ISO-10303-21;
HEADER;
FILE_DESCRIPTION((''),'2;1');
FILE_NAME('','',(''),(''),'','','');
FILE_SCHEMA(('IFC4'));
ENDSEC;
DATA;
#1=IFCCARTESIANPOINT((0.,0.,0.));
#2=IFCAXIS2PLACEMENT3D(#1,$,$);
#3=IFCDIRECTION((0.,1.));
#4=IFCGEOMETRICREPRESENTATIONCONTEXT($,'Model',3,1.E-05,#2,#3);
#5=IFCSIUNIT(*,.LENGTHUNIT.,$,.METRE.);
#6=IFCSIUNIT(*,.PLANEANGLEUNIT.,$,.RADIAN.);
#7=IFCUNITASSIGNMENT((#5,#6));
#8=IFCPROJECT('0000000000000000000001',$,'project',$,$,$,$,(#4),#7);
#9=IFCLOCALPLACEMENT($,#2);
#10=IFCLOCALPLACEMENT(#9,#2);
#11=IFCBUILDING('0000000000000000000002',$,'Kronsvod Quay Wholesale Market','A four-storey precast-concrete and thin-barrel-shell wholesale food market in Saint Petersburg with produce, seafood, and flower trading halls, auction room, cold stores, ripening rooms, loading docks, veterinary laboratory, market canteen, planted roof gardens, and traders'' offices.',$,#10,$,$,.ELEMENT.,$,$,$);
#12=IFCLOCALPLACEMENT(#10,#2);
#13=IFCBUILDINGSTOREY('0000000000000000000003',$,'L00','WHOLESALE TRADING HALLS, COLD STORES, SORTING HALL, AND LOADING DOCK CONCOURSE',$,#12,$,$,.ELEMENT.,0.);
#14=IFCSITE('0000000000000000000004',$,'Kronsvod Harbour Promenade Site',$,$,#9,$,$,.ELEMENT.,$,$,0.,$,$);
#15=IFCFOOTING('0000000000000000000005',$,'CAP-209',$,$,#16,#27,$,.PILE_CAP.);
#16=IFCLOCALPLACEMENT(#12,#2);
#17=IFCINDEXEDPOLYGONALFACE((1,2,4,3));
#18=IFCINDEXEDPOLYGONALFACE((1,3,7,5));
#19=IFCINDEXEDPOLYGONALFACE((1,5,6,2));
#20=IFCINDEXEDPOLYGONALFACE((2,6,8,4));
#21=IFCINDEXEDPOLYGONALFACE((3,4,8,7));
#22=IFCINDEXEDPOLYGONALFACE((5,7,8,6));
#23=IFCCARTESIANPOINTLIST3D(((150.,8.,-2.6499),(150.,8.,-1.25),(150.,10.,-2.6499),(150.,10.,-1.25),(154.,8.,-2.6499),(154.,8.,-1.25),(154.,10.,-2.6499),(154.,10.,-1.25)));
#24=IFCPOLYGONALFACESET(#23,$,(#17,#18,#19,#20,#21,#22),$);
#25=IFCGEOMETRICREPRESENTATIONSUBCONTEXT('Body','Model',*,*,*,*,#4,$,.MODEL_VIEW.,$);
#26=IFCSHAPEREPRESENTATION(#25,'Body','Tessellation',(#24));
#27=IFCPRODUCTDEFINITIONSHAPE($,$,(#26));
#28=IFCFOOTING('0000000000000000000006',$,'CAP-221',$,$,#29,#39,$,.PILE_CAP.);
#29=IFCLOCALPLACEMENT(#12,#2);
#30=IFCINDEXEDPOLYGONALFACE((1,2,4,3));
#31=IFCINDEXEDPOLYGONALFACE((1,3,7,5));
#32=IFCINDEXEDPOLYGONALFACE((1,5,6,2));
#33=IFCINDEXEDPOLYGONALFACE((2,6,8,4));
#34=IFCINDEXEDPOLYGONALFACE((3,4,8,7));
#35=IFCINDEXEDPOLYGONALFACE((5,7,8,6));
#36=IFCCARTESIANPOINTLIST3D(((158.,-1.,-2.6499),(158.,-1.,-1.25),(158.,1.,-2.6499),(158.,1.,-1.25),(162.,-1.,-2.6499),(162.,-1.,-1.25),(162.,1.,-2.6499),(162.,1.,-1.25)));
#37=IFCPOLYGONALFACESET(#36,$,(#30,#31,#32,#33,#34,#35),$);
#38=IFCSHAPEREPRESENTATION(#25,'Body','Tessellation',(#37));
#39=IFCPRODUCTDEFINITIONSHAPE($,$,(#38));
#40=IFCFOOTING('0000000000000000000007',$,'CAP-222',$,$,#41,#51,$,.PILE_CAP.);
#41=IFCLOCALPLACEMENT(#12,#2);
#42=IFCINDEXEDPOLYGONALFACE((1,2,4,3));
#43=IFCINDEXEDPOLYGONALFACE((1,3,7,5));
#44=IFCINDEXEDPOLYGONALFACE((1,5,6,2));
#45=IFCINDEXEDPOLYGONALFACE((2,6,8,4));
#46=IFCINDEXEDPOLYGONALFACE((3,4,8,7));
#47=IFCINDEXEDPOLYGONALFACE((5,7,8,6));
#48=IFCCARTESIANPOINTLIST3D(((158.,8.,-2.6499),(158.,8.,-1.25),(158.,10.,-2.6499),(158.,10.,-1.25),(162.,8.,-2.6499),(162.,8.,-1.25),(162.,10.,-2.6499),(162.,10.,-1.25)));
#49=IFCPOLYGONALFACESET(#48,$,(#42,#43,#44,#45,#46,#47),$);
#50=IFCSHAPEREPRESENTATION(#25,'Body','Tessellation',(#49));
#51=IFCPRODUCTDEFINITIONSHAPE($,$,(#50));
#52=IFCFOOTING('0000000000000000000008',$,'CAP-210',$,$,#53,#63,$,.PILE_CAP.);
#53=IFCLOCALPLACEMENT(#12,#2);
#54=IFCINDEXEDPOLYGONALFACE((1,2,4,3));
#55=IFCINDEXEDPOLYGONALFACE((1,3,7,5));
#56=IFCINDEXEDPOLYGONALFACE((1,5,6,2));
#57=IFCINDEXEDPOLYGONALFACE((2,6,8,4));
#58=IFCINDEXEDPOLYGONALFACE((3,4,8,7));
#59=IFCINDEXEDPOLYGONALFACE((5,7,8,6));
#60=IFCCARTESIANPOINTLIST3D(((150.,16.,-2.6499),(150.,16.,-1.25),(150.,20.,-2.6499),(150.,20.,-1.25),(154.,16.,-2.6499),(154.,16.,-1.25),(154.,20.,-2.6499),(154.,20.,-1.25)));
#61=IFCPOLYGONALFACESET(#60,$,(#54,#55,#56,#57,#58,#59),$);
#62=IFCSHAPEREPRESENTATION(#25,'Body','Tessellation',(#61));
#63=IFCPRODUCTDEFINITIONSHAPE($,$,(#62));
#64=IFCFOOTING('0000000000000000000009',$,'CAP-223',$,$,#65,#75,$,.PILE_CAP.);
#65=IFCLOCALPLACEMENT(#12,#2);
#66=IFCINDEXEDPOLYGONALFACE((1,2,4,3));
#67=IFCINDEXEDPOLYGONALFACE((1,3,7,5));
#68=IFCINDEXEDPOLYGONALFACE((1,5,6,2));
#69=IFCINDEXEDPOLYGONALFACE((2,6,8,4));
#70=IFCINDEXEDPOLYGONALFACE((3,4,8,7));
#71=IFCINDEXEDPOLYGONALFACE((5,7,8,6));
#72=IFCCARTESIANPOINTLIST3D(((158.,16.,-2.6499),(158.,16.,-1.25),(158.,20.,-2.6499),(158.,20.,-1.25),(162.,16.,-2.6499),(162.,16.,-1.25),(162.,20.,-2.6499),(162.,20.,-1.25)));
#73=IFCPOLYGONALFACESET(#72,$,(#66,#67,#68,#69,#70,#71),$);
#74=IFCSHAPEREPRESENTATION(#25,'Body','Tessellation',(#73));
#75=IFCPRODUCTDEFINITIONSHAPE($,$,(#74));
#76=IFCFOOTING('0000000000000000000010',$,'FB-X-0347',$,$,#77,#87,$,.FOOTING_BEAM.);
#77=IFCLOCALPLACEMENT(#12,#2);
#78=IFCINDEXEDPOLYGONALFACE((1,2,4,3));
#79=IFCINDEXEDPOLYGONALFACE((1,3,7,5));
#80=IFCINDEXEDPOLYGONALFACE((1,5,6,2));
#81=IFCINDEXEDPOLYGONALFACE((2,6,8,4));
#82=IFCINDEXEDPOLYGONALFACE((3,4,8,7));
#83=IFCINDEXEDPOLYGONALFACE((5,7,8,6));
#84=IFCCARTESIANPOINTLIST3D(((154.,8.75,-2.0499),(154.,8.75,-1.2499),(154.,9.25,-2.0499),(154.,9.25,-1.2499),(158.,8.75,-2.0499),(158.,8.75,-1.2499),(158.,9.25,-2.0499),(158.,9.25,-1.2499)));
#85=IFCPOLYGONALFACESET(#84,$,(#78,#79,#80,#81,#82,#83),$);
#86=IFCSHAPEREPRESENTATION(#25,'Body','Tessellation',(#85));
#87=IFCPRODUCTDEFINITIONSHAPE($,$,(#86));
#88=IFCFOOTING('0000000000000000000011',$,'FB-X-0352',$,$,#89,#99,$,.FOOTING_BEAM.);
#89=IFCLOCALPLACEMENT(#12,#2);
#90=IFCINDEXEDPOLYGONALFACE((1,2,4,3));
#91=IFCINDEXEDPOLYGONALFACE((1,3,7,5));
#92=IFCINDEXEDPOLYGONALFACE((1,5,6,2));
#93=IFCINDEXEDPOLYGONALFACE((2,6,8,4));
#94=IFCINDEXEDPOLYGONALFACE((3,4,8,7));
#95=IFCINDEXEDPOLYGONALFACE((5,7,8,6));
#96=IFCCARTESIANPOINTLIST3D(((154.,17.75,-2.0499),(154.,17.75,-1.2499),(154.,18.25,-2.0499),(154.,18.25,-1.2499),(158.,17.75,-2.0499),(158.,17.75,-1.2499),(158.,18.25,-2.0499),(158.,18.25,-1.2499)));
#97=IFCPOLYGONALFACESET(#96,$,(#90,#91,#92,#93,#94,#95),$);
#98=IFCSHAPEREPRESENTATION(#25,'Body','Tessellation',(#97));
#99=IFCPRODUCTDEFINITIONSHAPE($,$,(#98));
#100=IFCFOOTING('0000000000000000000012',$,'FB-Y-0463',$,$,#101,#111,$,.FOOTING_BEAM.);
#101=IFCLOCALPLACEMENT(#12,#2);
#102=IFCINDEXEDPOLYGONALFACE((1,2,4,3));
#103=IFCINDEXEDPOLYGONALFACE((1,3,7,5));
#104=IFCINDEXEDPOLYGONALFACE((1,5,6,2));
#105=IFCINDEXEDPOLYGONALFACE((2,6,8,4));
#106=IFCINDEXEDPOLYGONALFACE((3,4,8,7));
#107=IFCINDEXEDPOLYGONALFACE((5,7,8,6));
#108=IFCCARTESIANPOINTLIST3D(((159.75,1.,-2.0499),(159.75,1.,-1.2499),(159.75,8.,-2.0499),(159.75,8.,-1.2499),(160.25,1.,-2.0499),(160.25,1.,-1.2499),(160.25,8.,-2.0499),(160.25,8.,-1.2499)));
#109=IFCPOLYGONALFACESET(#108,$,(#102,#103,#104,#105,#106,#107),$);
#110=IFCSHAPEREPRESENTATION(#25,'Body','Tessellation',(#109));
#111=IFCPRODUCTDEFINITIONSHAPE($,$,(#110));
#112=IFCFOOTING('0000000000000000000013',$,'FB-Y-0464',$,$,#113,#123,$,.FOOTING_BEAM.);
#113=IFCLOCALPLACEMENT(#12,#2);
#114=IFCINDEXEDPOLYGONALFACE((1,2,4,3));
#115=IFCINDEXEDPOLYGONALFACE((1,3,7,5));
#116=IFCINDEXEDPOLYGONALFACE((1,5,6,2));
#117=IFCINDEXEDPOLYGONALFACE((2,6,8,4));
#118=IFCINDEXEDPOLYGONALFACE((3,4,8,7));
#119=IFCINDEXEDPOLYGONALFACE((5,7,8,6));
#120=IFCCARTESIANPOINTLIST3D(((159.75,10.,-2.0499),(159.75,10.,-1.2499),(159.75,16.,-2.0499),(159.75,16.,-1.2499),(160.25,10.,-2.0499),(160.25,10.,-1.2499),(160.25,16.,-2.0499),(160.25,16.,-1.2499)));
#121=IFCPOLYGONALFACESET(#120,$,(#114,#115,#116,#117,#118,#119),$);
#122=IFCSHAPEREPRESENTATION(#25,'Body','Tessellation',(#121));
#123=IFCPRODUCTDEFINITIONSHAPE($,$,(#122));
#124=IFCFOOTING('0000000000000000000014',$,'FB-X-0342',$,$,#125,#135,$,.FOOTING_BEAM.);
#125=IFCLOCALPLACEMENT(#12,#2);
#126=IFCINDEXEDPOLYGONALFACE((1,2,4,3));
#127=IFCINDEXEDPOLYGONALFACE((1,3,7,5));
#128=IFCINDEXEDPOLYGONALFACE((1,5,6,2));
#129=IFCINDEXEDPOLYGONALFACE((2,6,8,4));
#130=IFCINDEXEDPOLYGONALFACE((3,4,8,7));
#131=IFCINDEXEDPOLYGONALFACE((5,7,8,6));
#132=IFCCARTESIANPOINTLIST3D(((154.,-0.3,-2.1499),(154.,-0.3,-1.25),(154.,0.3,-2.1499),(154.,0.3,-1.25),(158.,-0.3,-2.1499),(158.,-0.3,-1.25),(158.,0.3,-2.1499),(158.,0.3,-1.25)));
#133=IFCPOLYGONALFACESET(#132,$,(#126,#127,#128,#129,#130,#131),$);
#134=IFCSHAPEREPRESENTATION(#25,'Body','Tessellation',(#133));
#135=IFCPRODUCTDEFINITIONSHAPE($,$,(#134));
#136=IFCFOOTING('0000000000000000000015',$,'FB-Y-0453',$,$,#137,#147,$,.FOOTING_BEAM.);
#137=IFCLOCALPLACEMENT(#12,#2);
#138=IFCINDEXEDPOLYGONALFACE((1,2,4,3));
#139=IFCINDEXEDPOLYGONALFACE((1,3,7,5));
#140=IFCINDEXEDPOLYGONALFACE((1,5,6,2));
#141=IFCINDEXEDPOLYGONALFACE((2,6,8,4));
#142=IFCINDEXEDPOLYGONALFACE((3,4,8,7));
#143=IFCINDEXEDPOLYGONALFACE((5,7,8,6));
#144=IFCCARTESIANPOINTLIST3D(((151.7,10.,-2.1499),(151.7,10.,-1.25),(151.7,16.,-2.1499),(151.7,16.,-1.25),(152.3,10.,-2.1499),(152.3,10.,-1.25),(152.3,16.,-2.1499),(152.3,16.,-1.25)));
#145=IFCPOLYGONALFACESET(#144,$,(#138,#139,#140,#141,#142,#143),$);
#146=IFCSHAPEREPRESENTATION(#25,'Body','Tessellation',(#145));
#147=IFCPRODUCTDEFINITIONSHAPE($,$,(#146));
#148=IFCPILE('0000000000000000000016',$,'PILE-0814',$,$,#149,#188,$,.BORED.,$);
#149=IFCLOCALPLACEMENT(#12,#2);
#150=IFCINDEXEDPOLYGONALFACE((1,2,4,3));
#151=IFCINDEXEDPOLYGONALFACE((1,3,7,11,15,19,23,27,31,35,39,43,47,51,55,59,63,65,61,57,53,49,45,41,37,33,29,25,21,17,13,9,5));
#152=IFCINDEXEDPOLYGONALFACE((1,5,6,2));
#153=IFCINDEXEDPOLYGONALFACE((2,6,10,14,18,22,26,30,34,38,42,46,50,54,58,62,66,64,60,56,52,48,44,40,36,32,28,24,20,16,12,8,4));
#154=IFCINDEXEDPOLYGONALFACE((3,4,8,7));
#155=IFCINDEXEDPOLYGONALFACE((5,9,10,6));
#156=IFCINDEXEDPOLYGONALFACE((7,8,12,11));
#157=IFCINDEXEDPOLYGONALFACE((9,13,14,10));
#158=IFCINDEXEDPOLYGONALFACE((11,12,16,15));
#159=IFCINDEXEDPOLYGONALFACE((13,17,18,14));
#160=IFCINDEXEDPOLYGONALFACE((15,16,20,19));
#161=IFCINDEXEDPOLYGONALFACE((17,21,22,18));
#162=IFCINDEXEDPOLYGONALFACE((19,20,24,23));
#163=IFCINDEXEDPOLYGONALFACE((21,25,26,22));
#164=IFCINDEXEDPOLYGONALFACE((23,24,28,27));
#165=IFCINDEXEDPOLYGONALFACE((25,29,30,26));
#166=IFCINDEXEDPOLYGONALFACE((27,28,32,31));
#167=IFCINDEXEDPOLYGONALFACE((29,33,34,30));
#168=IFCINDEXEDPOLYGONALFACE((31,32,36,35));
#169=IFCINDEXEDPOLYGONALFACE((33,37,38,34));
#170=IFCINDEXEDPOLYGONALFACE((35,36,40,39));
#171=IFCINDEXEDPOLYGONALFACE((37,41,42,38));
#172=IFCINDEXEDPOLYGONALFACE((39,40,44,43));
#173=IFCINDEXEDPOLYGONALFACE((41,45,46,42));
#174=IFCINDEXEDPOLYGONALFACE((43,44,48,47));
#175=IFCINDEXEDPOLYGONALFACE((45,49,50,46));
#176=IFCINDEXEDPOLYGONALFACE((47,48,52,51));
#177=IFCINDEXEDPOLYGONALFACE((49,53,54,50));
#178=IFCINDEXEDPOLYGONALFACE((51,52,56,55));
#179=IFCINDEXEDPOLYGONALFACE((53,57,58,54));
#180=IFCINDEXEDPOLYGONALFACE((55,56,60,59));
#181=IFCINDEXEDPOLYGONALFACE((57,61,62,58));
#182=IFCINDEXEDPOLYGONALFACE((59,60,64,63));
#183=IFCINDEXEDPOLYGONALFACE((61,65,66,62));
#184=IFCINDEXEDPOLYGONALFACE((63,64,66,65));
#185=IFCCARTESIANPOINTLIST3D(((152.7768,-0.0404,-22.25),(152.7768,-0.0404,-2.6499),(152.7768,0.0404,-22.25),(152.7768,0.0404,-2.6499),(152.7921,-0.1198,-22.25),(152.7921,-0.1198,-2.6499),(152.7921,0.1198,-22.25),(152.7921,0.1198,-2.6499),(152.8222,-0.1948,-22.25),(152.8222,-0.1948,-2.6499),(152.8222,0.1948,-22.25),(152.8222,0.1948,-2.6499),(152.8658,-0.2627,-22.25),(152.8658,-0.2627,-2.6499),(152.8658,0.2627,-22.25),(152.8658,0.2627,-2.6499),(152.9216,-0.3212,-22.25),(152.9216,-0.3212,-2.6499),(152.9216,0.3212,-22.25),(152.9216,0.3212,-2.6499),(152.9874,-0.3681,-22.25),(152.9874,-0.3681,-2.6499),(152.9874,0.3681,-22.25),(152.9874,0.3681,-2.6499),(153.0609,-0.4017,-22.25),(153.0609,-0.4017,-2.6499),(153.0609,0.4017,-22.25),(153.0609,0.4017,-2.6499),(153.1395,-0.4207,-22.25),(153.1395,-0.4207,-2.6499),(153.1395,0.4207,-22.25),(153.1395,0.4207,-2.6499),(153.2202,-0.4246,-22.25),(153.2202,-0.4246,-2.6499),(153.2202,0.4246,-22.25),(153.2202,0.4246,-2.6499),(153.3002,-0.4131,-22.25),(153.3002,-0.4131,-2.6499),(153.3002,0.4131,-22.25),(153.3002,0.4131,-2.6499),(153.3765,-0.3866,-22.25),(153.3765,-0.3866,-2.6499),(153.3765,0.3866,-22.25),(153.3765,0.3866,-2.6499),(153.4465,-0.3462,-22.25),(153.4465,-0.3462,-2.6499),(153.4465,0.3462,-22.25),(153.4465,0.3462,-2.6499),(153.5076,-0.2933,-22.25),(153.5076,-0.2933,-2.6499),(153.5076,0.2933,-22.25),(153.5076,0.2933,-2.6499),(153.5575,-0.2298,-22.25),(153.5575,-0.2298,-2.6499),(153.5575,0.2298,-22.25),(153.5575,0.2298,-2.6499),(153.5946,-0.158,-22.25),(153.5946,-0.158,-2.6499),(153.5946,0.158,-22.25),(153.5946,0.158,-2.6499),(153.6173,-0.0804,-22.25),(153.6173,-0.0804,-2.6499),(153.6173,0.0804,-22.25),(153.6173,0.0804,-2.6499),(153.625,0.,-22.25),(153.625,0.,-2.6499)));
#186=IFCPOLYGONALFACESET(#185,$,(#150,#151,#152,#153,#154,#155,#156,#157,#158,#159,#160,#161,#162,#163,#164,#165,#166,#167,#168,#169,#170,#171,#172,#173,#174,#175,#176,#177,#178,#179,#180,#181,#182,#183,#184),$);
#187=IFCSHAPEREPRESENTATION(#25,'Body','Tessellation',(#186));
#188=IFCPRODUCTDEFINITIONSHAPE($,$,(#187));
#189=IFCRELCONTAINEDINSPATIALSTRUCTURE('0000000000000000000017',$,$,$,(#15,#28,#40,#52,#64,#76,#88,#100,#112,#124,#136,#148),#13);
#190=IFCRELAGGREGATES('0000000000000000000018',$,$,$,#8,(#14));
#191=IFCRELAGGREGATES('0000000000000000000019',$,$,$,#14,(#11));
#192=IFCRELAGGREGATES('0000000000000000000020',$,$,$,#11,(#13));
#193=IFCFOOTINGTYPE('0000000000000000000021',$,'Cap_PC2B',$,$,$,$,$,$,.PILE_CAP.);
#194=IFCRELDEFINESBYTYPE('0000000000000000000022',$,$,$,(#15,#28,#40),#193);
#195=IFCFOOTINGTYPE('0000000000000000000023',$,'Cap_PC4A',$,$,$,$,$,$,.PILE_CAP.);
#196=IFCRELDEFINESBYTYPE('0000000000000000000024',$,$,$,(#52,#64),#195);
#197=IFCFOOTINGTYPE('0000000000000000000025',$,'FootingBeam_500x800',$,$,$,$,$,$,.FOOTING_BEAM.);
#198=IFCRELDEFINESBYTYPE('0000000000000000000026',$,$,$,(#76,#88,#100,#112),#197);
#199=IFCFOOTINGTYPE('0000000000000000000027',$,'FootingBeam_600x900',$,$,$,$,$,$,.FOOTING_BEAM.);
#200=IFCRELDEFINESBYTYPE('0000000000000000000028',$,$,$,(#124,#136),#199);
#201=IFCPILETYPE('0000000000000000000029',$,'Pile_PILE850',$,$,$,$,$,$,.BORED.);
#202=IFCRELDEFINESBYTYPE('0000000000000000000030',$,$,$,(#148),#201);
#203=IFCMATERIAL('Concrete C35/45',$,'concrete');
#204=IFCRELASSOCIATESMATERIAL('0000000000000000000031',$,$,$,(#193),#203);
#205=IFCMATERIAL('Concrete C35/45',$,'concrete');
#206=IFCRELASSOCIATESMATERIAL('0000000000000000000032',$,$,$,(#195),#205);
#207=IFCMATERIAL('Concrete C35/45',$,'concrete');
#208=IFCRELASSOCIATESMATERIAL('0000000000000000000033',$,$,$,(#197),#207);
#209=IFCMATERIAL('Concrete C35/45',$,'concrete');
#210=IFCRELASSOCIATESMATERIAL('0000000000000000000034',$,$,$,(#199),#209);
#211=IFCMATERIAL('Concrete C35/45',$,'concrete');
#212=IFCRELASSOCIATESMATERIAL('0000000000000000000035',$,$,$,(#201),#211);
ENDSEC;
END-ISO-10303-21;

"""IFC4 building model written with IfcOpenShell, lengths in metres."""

from ifc_helpers import new_model, si_unit, direction, frame, origin, origin_2d, place, context, subcontext, project, spatial, rectangle, circle, extrude, material, material_profile, profile_set, type_object, element, save


model = new_model("IFC4")

# Units and contexts
model_context = context("Model", 3, precision=1e-05, world=origin(), true_north=direction((0.0, 1.0)))
body_context = subcontext(model_context, "Body", "Model", "MODEL_VIEW")
ifc_project = project(units=[si_unit("LENGTHUNIT", "METRE"), si_unit("PLANEANGLEUNIT", "RADIAN")], contexts=[model_context])

# Site, building, storey
site_placement = place(None, origin())
site = spatial("IfcSite", under=ifc_project, at=site_placement, Name="Kronsvod Harbour Promenade Site", CompositionType="ELEMENT", RefElevation=0.0)
building_placement = place(site_placement, origin())
building = spatial("IfcBuilding", under=site, at=building_placement, Name="Kronsvod Quay Wholesale Market", Description="A four-storey precast-concrete and thin-barrel-shell wholesale food market in Saint Petersburg with produce, seafood, and flower trading halls, auction room, cold stores, ripening rooms, loading docks, veterinary laboratory, market canteen, planted roof gardens, and traders' offices.", CompositionType="ELEMENT")
storey_placement = place(building_placement, origin())
storey = spatial("IfcBuildingStorey", under=building, at=storey_placement, Name="L00", Description="WHOLESALE TRADING HALLS, COLD STORES, SORTING HALL, AND LOADING DOCK CONCOURSE", CompositionType="ELEMENT", Elevation=0.0)

# Footings
ifc_material_1 = material(Name="Concrete C35/45", Category="concrete")
footing_type_1 = type_object("IfcFootingType", Name="Cap_PC2B", PredefinedType="PILE_CAP", material=ifc_material_1)
for number, where, z_axis, x_axis, name in (
    (1, (152.0, 9.0, -2.6499), (0.0, 0.0, 1.0), (1.0, 0.0, 0.0), "CAP-209"),
    (2, (160.0, 0.0, -2.6499), (0.0, 0.0, 1.0), (1.0, 0.0, 0.0), "CAP-221"),
    (3, (160.0, 9.0, -2.6499), (0.0, 0.0, 1.0), (1.0, 0.0, 0.0), "CAP-222"),
):
    element("IfcFooting", number, at=place(storey_placement, frame(where, z_axis=z_axis, x_axis=x_axis)), inside=storey, type_object=footing_type_1, Name=name, PredefinedType="PILE_CAP", context=body_context, shape_type="SweptSolid", body=[
        extrude(rectangle(XDim=4.0, YDim=2.0, at=origin_2d()), origin(), (0.0, 0.0, 1.0), 1.3999),
    ])
ifc_material_2 = material(Name="Concrete C35/45", Category="concrete")
footing_type_2 = type_object("IfcFootingType", Name="Cap_PC4A", PredefinedType="PILE_CAP", material=ifc_material_2)
for number, where, z_axis, x_axis, name in (
    (4, (152.0, 18.0, -2.6499), (0.0, 0.0, 1.0), (1.0, 0.0, 0.0), "CAP-210"),
    (5, (160.0, 18.0, -2.6499), (0.0, 0.0, 1.0), (1.0, 0.0, 0.0), "CAP-223"),
):
    element("IfcFooting", number, at=place(storey_placement, frame(where, z_axis=z_axis, x_axis=x_axis)), inside=storey, type_object=footing_type_2, Name=name, PredefinedType="PILE_CAP", context=body_context, shape_type="SweptSolid", body=[
        extrude(rectangle(XDim=4.0, YDim=4.0, at=origin_2d()), origin(), (0.0, 0.0, 1.0), 1.3999),
    ])
ifc_material_3 = material(Name="Concrete C35/45", Category="concrete")
ifc_material_profile_1 = material_profile(ifc_material_3, rectangle(XDim=0.5, YDim=0.8, at=origin_2d()), Name="FB-01")
ifc_profile_set_1 = profile_set([ifc_material_profile_1], Name="Concrete C35/45")
footing_type_3 = type_object("IfcFootingType", Name="FootingBeam_500x800", PredefinedType="FOOTING_BEAM", material=ifc_profile_set_1)
for number, where, z_axis, x_axis, name in (
    (6, (154.0, 9.0, -1.6499), (1.0, 0.0, 0.0), (0.0, 1.0, 0.0), "FB-X-0347"),
    (7, (154.0, 18.0, -1.6499), (1.0, 0.0, 0.0), (0.0, 1.0, 0.0), "FB-X-0352"),
):
    element("IfcFooting", number, at=place(storey_placement, frame(where, z_axis=z_axis, x_axis=x_axis)), inside=storey, type_object=footing_type_3, Name=name, PredefinedType="FOOTING_BEAM", context=body_context, shape_type="SweptSolid", body=[
        extrude(rectangle(XDim=0.5, YDim=0.8, at=origin_2d()), origin(), (0.0, 0.0, 1.0), 4.0),
    ])
footing_1_placement = place(storey_placement, frame((160.0, 1.0, -1.6499), z_axis=(0.0, 1.0, 0.0), x_axis=(-1.0, 0.0, 0.0)))
element("IfcFooting", 8, at=footing_1_placement, inside=storey, type_object=footing_type_3, Name="FB-Y-0463", PredefinedType="FOOTING_BEAM", context=body_context, shape_type="SweptSolid", body=[
    extrude(rectangle(XDim=0.5, YDim=0.8, at=origin_2d()), origin(), (0.0, 0.0, 1.0), 7.0),
])
footing_2_placement = place(storey_placement, frame((160.0, 10.0, -1.6499), z_axis=(0.0, 1.0, 0.0), x_axis=(-1.0, 0.0, 0.0)))
element("IfcFooting", 9, at=footing_2_placement, inside=storey, type_object=footing_type_3, Name="FB-Y-0464", PredefinedType="FOOTING_BEAM", context=body_context, shape_type="SweptSolid", body=[
    extrude(rectangle(XDim=0.5, YDim=0.8, at=origin_2d()), origin(), (0.0, 0.0, 1.0), 6.0),
])
ifc_material_4 = material(Name="Concrete C35/45", Category="concrete")
ifc_material_profile_2 = material_profile(ifc_material_4, rectangle(XDim=0.6001, YDim=0.8999, at=origin_2d()), Name="FB-02")
ifc_profile_set_2 = profile_set([ifc_material_profile_2], Name="Concrete C35/45")
footing_type_4 = type_object("IfcFootingType", Name="FootingBeam_600x900", PredefinedType="FOOTING_BEAM", material=ifc_profile_set_2)
footing_3_placement = place(storey_placement, frame((154.0, 0.0, -1.7), z_axis=(1.0, 0.0, 0.0), x_axis=(0.0, 1.0, 0.0)))
element("IfcFooting", 10, at=footing_3_placement, inside=storey, type_object=footing_type_4, Name="FB-X-0342", PredefinedType="FOOTING_BEAM", context=body_context, shape_type="SweptSolid", body=[
    extrude(rectangle(XDim=0.6001, YDim=0.8999, at=origin_2d()), origin(), (0.0, 0.0, 1.0), 4.0),
])
footing_4_placement = place(storey_placement, frame((152.0, 10.0, -1.7), z_axis=(0.0, 1.0, 0.0), x_axis=(-1.0, 0.0, 0.0)))
element("IfcFooting", 11, at=footing_4_placement, inside=storey, type_object=footing_type_4, Name="FB-Y-0453", PredefinedType="FOOTING_BEAM", context=body_context, shape_type="SweptSolid", body=[
    extrude(rectangle(XDim=0.6001, YDim=0.8999, at=origin_2d()), origin(), (0.0, 0.0, 1.0), 6.0),
])

# Pile
ifc_material_5 = material(Name="Concrete C35/45", Category="concrete")
ifc_material_profile_3 = material_profile(ifc_material_5, circle(Radius=0.425, at=origin_2d()), Name="PILE850")
ifc_profile_set_3 = profile_set([ifc_material_profile_3], Name="Concrete C35/45")
pile_type_1 = type_object("IfcPileType", Name="Pile_PILE850", PredefinedType="BORED", material=ifc_profile_set_3)
for number, where, z_axis, x_axis, name in (
    (12, (153.2, 0.0, -2.6499), (0.0, 0.0, -1.0), (1.0, 0.0, 0.0), "PILE-0814"),
):
    element("IfcPile", number, at=place(storey_placement, frame(where, z_axis=z_axis, x_axis=x_axis)), inside=storey, type_object=pile_type_1, Name=name, PredefinedType="BORED", context=body_context, shape_type="SweptSolid", body=[
        extrude(circle(Radius=0.425, at=origin_2d()), origin(), (0.0, 0.0, 1.0), 19.6001),
    ])

save(model, "model.ifc")
